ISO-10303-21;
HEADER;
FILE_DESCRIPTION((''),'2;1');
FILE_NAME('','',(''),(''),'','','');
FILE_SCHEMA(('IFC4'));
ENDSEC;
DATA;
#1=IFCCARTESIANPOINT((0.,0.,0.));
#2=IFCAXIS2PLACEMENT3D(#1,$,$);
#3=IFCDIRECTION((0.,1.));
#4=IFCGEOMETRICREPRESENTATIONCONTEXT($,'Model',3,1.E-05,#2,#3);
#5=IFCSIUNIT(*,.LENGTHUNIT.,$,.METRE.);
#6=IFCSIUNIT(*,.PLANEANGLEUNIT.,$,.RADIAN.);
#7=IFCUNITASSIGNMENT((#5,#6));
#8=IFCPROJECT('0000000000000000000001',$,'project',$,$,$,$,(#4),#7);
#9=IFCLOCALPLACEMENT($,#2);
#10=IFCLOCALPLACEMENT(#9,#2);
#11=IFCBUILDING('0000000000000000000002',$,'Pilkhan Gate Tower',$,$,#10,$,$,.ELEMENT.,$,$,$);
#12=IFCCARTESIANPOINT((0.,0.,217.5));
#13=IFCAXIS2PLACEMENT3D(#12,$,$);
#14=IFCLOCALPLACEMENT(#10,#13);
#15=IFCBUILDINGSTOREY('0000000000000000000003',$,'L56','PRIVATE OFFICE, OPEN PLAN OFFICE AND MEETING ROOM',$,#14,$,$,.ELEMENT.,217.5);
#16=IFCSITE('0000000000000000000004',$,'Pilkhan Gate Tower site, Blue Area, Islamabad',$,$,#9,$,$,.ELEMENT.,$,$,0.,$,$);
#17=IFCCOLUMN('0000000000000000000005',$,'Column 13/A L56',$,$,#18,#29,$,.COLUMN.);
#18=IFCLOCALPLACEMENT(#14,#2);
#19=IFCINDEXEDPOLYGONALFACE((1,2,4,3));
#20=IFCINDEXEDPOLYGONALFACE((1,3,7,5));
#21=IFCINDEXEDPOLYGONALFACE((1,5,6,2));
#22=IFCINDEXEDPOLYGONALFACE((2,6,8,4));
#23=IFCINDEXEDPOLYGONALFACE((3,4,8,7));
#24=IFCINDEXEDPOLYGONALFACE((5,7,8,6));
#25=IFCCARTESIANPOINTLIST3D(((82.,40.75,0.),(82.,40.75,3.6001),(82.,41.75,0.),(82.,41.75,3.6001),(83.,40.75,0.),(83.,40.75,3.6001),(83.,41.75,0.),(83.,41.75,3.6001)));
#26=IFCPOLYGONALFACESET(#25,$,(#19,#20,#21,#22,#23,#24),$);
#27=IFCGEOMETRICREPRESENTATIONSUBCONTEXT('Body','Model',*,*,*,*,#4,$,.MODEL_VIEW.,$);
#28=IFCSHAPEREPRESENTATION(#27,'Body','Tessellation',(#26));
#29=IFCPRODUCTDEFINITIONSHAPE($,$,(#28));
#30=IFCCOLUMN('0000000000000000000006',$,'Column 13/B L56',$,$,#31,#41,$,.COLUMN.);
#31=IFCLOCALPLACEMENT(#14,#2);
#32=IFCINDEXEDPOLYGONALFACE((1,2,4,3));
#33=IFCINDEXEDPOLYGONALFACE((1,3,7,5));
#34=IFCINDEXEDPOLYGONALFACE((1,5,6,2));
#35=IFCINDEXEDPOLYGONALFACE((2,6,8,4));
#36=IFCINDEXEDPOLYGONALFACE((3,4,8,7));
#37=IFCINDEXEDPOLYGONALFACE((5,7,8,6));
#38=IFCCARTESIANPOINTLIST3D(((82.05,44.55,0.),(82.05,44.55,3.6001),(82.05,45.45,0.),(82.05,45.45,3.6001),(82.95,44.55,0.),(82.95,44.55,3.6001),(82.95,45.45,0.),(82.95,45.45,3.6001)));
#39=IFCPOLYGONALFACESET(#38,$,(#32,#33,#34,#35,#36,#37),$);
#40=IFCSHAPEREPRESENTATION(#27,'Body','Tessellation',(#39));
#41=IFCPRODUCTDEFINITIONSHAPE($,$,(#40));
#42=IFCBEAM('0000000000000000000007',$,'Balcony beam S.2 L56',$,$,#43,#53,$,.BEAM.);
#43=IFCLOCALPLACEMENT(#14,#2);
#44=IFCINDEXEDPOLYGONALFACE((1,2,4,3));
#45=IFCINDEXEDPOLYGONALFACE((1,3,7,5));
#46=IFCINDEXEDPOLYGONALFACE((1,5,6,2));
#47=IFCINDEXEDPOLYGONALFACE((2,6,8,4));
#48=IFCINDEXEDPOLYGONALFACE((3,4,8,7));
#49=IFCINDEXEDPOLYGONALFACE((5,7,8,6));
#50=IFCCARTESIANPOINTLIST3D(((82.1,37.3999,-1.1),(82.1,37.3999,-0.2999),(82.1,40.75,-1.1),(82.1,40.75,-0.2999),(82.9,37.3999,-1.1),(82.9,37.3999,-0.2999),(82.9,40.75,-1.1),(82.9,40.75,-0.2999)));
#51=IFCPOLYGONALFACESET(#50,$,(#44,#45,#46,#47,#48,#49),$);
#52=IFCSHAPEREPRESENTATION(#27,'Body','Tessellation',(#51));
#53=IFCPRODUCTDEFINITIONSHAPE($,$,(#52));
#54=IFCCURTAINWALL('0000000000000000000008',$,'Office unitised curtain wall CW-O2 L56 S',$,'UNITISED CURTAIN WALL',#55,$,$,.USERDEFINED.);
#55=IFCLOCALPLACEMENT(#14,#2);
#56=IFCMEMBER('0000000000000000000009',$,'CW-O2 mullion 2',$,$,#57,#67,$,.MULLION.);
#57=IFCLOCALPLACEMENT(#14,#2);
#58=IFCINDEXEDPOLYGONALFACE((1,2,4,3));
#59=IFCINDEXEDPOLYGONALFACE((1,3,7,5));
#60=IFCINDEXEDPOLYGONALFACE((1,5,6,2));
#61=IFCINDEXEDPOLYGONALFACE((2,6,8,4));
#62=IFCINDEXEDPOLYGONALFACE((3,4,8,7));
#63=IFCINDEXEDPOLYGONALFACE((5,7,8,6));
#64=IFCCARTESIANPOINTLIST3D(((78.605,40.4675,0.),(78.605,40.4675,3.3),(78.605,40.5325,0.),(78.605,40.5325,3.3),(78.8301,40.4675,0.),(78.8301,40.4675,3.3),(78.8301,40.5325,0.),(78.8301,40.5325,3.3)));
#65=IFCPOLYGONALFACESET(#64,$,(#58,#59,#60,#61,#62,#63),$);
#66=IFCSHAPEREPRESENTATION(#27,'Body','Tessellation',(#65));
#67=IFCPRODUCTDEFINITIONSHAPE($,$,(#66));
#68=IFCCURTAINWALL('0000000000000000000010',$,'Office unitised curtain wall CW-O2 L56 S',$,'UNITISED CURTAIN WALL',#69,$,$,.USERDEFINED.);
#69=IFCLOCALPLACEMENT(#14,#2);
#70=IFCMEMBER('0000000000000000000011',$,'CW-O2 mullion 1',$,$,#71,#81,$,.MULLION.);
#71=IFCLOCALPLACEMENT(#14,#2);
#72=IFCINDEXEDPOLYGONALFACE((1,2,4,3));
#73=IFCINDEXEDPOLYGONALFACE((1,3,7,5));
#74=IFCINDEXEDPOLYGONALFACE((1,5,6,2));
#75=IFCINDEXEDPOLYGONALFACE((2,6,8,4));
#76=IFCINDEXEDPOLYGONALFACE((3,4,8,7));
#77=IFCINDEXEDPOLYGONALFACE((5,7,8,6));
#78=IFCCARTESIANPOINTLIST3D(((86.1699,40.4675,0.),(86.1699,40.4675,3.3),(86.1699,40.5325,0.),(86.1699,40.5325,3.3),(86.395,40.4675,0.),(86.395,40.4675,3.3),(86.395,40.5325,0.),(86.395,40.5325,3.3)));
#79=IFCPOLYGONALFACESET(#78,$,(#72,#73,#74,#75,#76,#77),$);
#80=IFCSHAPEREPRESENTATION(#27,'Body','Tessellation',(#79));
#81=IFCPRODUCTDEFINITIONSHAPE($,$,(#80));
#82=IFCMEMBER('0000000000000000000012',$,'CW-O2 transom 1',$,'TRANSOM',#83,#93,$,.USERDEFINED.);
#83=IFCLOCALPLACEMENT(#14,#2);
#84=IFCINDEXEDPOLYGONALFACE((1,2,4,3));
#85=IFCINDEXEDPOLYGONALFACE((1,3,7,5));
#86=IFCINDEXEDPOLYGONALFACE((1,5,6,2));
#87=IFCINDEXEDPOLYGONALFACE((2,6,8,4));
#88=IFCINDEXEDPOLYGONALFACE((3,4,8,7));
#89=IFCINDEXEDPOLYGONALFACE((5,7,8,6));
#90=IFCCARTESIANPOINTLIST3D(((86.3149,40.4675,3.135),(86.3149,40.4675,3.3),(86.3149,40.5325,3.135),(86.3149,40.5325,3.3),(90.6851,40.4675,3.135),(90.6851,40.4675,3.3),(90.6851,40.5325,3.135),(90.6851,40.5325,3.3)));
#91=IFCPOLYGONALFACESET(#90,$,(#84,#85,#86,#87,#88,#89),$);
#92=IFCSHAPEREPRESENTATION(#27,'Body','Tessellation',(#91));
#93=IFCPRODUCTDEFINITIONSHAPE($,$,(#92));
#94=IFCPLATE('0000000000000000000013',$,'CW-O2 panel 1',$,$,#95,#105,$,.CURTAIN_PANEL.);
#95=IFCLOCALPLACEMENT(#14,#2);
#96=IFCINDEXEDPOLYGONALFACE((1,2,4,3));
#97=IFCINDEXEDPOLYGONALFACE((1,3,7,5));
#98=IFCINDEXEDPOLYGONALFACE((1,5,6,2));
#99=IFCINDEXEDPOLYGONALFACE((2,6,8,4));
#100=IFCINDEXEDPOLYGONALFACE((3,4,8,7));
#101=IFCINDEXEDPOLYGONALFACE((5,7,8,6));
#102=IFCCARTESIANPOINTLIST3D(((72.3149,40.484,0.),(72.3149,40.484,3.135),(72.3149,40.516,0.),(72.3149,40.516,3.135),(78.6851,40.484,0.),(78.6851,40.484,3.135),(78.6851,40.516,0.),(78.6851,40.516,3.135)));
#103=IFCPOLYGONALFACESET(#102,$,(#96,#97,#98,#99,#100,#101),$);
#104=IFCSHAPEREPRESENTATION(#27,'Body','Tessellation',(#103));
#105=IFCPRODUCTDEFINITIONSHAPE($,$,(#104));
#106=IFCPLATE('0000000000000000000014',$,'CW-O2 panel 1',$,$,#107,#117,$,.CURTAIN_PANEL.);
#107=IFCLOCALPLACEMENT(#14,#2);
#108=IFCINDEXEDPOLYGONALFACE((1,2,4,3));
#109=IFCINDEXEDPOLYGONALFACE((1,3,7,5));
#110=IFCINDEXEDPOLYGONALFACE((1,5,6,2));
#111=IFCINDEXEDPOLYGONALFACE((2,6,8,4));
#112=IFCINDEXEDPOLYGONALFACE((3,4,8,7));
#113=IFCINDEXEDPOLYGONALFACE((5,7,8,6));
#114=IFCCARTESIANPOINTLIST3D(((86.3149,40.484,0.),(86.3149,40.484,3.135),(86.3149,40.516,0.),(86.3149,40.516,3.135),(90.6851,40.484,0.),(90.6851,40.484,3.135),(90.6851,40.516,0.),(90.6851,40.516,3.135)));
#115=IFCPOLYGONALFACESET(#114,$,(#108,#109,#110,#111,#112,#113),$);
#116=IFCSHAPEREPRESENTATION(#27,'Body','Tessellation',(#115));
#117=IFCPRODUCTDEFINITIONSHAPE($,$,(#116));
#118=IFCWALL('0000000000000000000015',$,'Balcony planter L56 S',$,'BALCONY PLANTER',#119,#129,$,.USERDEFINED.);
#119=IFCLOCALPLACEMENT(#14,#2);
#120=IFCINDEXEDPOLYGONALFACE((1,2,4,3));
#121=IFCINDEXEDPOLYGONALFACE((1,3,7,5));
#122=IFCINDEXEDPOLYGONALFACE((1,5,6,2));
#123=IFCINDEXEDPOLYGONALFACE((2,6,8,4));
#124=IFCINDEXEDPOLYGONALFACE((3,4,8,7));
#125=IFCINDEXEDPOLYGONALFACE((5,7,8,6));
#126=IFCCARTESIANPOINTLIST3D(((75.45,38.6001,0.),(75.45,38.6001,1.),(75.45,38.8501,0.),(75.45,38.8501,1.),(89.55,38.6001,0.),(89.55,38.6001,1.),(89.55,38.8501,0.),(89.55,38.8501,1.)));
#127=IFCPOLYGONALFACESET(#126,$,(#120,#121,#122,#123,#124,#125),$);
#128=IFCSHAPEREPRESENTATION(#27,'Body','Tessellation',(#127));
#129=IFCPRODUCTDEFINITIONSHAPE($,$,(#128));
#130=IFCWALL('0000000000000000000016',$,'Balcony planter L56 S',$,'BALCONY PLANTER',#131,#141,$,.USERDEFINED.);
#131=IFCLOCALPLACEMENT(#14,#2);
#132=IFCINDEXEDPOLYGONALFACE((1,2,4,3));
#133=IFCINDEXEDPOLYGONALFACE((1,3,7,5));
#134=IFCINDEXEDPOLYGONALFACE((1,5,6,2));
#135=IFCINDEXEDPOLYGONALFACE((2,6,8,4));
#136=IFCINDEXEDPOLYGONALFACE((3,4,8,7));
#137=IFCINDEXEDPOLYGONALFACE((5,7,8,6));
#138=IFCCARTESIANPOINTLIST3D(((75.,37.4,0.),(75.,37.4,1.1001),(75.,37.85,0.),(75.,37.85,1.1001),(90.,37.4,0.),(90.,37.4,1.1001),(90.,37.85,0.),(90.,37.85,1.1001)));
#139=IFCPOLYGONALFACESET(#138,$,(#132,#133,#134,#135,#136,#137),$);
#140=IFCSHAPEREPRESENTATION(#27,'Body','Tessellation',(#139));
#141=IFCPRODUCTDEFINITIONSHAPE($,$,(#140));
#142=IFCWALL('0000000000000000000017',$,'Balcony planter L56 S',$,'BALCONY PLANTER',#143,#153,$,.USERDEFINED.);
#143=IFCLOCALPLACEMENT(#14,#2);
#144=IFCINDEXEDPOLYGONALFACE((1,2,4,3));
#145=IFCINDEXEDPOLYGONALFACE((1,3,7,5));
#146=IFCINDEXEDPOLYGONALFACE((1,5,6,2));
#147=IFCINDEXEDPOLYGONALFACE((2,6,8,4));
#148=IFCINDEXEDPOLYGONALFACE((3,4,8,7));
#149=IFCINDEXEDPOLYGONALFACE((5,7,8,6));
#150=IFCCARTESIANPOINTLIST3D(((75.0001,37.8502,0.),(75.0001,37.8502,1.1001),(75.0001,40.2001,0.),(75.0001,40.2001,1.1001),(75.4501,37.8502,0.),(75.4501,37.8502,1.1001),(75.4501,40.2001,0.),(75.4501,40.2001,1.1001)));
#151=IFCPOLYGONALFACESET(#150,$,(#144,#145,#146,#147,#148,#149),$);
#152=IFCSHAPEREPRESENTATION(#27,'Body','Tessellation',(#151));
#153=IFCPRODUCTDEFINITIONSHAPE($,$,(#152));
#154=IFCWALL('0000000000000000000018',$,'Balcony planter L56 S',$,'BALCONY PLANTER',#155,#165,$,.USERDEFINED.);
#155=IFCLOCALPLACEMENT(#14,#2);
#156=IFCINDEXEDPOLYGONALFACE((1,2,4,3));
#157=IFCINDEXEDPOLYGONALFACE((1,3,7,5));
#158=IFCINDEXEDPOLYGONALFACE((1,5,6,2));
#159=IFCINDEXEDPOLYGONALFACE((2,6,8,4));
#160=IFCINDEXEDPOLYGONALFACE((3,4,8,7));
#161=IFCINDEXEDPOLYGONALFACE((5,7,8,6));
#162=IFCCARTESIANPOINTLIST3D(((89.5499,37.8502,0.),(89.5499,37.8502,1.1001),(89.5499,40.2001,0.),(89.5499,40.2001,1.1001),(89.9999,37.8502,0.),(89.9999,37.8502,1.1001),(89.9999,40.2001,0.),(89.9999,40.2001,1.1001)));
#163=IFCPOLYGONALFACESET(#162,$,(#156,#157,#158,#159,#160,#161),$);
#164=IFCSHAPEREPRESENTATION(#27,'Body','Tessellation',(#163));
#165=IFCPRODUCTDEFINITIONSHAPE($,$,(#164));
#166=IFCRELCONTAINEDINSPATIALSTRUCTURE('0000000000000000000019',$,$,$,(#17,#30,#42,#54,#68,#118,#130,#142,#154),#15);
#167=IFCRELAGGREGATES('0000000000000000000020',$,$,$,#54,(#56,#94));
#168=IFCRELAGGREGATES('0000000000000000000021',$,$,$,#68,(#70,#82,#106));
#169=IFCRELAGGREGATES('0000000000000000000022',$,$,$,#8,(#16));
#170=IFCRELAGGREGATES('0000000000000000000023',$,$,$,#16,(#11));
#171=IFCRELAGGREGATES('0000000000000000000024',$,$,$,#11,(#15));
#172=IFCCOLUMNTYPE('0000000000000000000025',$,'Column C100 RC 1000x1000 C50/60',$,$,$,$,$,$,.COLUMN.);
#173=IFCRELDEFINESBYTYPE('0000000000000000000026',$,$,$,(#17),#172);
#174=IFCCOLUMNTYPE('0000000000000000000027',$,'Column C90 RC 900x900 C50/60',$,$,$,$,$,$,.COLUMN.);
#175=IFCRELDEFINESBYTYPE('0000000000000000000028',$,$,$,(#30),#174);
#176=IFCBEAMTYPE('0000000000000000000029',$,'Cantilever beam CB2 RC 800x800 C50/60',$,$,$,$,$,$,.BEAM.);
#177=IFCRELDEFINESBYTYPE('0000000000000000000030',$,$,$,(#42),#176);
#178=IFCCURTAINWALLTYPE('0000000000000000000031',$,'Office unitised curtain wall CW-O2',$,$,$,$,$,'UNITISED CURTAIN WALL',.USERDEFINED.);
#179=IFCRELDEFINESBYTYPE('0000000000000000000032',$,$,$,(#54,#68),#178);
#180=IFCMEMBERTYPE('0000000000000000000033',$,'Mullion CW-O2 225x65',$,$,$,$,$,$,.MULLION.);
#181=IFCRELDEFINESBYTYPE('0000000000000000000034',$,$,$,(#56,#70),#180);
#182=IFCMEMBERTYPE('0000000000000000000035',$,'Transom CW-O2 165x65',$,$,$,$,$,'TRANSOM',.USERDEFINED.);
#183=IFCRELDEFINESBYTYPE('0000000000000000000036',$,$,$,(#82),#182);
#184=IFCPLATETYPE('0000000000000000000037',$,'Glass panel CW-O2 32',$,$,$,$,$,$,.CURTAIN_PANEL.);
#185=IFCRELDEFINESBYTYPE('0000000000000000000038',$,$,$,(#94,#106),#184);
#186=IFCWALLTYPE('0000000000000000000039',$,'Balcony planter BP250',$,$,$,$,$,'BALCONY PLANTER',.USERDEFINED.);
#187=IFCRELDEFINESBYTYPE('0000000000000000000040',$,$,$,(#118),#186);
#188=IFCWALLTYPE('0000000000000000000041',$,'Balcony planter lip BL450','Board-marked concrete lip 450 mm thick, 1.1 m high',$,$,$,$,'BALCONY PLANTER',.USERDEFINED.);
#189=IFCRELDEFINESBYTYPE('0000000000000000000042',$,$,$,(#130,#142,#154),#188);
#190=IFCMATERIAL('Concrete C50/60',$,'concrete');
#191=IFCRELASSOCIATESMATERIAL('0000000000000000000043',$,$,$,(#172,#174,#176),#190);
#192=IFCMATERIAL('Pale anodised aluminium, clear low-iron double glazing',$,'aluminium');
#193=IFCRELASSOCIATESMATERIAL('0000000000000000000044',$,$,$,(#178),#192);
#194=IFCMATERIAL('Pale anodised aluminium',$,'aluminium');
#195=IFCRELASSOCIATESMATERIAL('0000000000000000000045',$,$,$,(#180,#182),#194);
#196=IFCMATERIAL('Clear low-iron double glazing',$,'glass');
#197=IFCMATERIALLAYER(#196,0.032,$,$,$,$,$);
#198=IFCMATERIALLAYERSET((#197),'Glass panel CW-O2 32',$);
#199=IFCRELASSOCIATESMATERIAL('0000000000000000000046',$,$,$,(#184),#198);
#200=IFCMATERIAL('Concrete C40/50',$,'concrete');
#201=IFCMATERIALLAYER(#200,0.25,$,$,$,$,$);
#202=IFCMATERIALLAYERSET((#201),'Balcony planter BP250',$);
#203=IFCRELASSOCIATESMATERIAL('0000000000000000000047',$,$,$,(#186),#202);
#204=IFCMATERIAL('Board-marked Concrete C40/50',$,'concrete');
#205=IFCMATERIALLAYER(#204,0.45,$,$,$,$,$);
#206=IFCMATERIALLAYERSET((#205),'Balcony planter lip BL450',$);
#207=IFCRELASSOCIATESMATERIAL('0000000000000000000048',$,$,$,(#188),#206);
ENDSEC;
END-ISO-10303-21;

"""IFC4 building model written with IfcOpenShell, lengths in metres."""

from ifc_helpers import new_model, si_unit, direction, frame, frame_2d, origin, origin_2d, place, context, subcontext, project, spatial, rectangle, extrude, material, layer, layer_set, material_profile, profile_set, type_object, element, aggregate, save


model = new_model("IFC4")

# Units and contexts
model_context = context("Model", 3, precision=1e-05, world=origin(), true_north=direction((0.0, 1.0)))
body_context = subcontext(model_context, "Body", "Model", "MODEL_VIEW")
ifc_project = project(units=[si_unit("LENGTHUNIT", "METRE"), si_unit("PLANEANGLEUNIT", "RADIAN")], contexts=[model_context])

# Site, building, storey
site_placement = place(None, origin())
site = spatial("IfcSite", under=ifc_project, at=site_placement, Name="Pilkhan Gate Tower site, Blue Area, Islamabad", CompositionType="ELEMENT", RefElevation=0.0)
building_placement = place(site_placement, origin())
building = spatial("IfcBuilding", under=site, at=building_placement, Name="Pilkhan Gate Tower", CompositionType="ELEMENT")
storey_placement = place(building_placement, frame((0.0, 0.0, 217.5)))
storey = spatial("IfcBuildingStorey", under=building, at=storey_placement, Name="L56", Description="PRIVATE OFFICE, OPEN PLAN OFFICE AND MEETING ROOM", CompositionType="ELEMENT", Elevation=217.5)

# Columns
ifc_material_1 = material(Name="Concrete C50/60", Category="concrete")
ifc_material_profile_1 = material_profile(ifc_material_1, rectangle(XDim=1.0, YDim=1.0, at=origin_2d()), Name="RC 1000x1000")
ifc_profile_set_1 = profile_set([ifc_material_profile_1], Name="Concrete C50/60")
column_type_1 = type_object("IfcColumnType", Name="Column C100 RC 1000x1000 C50/60", PredefinedType="COLUMN", material=ifc_profile_set_1)
column_1_placement = place(storey_placement, frame((82.5, 41.25, 0.0), z_axis=(0.0, 0.0, 1.0), x_axis=(1.0, 0.0, 0.0)))
element("IfcColumn", 1, at=column_1_placement, inside=storey, type_object=column_type_1, Name="Column 13/A L56", PredefinedType="COLUMN", context=body_context, shape_type="SweptSolid", body=[
    extrude(rectangle(XDim=1.0, YDim=1.0, at=origin_2d()), origin(), (0.0, 0.0, 1.0), 3.6001),
])
ifc_material_profile_2 = material_profile(ifc_material_1, rectangle(XDim=0.8999, YDim=0.8999, at=origin_2d()), Name="RC 900x900")
ifc_profile_set_2 = profile_set([ifc_material_profile_2], Name="Concrete C50/60")
column_type_2 = type_object("IfcColumnType", Name="Column C90 RC 900x900 C50/60", PredefinedType="COLUMN", material=ifc_profile_set_2)
column_2_placement = place(storey_placement, frame((82.5, 45.0, 0.0), z_axis=(0.0, 0.0, 1.0), x_axis=(1.0, 0.0, 0.0)))
element("IfcColumn", 2, at=column_2_placement, inside=storey, type_object=column_type_2, Name="Column 13/B L56", PredefinedType="COLUMN", context=body_context, shape_type="SweptSolid", body=[
    extrude(rectangle(XDim=0.8999, YDim=0.8999, at=origin_2d()), origin(), (0.0, 0.0, 1.0), 3.6001),
])

# Beam
ifc_material_profile_3 = material_profile(ifc_material_1, rectangle(XDim=0.8, YDim=0.8, at=origin_2d()), Name="RC 800x800")
ifc_profile_set_3 = profile_set([ifc_material_profile_3], Name="Concrete C50/60")
beam_type = type_object("IfcBeamType", Name="Cantilever beam CB2 RC 800x800 C50/60", PredefinedType="BEAM", material=ifc_profile_set_3)
beam_placement = place(storey_placement, frame((82.5, 40.75, -0.7), z_axis=(0.0, -1.0, 0.0), x_axis=(1.0, 0.0, 0.0)))
element("IfcBeam", 3, at=beam_placement, inside=storey, type_object=beam_type, Name="Balcony beam S.2 L56", PredefinedType="BEAM", context=body_context, shape_type="SweptSolid", body=[
    extrude(rectangle(XDim=0.8, YDim=0.8, at=origin_2d()), origin(), (0.0, 0.0, 1.0), 3.3501),
])

# Curtain wall, member
ifc_material_2 = material(Name="Pale anodised aluminium, clear low-iron double glazing", Category="aluminium")
curtain_wall_type = type_object("IfcCurtainWallType", Name="Office unitised curtain wall CW-O2", ElementType="UNITISED CURTAIN WALL", PredefinedType="USERDEFINED", material=ifc_material_2)
curtain_wall_1_placement = place(storey_placement, origin())
curtain_wall_1 = element("IfcCurtainWall", 4, at=curtain_wall_1_placement, inside=storey, type_object=curtain_wall_type, Name="Office unitised curtain wall CW-O2 L56 S", ObjectType="UNITISED CURTAIN WALL", PredefinedType="USERDEFINED")
ifc_material_3 = material(Name="Pale anodised aluminium", Category="aluminium")
ifc_material_profile_4 = material_profile(ifc_material_3, rectangle(XDim=0.0649, YDim=0.2251, at=origin_2d()), Name="Mullion 225x65")
ifc_profile_set_4 = profile_set([ifc_material_profile_4], Name="Pale anodised aluminium")
member_type_1 = type_object("IfcMemberType", Name="Mullion CW-O2 225x65", PredefinedType="MULLION", material=ifc_profile_set_4)
member_1_placement = place(storey_placement, frame((78.7175, 40.5, 0.0), z_axis=(0.0, 0.0, 1.0), x_axis=(0.0, 1.0, 0.0)))
member_1 = element("IfcMember", 5, at=member_1_placement, type_object=member_type_1, Name="CW-O2 mullion 2", PredefinedType="MULLION", context=body_context, shape_type="SweptSolid", body=[
    extrude(rectangle(XDim=0.0649, YDim=0.2251, at=origin_2d()), origin(), (0.0, 0.0, 1.0), 3.3),
])

# Curtain wall, members
curtain_wall_2_placement = place(storey_placement, origin())
curtain_wall_2 = element("IfcCurtainWall", 6, at=curtain_wall_2_placement, inside=storey, type_object=curtain_wall_type, Name="Office unitised curtain wall CW-O2 L56 S", ObjectType="UNITISED CURTAIN WALL", PredefinedType="USERDEFINED")
member_2_placement = place(storey_placement, frame((86.2825, 40.5, 0.0), z_axis=(0.0, 0.0, 1.0), x_axis=(0.0, 1.0, 0.0)))
member_2 = element("IfcMember", 7, at=member_2_placement, type_object=member_type_1, Name="CW-O2 mullion 1", PredefinedType="MULLION", context=body_context, shape_type="SweptSolid", body=[
    extrude(rectangle(XDim=0.0649, YDim=0.2251, at=origin_2d()), origin(), (0.0, 0.0, 1.0), 3.3),
])
ifc_material_profile_5 = material_profile(ifc_material_3, rectangle(XDim=0.0649, YDim=0.165, at=origin_2d()), Name="Transom 165x65")
ifc_profile_set_5 = profile_set([ifc_material_profile_5], Name="Pale anodised aluminium")
member_type_2 = type_object("IfcMemberType", Name="Transom CW-O2 165x65", ElementType="TRANSOM", PredefinedType="USERDEFINED", material=ifc_profile_set_5)
member_3_placement = place(storey_placement, frame((86.3149, 40.5, 3.2175), z_axis=(1.0, 0.0, 0.0), x_axis=(0.0, 1.0, 0.0)))
member_3 = element("IfcMember", 8, at=member_3_placement, type_object=member_type_2, Name="CW-O2 transom 1", ObjectType="TRANSOM", PredefinedType="USERDEFINED", context=body_context, shape_type="SweptSolid", body=[
    extrude(rectangle(XDim=0.0649, YDim=0.165, at=origin_2d()), origin(), (0.0, 0.0, 1.0), 4.3701),
])

# Plates
ifc_material_4 = material(Name="Clear low-iron double glazing", Category="glass")
ifc_layer_1 = layer(ifc_material_4, 0.032)
ifc_layer_set_1 = layer_set([ifc_layer_1], Name="Glass panel CW-O2 32")
plate_type = type_object("IfcPlateType", Name="Glass panel CW-O2 32", PredefinedType="CURTAIN_PANEL", material=ifc_layer_set_1)
plate_1_placement = place(storey_placement, frame((75.5, 40.5, 0.0), z_axis=(0.0, 0.0, 1.0), x_axis=(1.0, 0.0, 0.0)))
plate_1 = element("IfcPlate", 9, at=plate_1_placement, type_object=plate_type, Name="CW-O2 panel 1", PredefinedType="CURTAIN_PANEL", context=body_context, shape_type="SweptSolid", body=[
    extrude(rectangle(XDim=6.3701, YDim=0.032, at=origin_2d()), origin(), (0.0, 0.0, 1.0), 3.135),
])
aggregate(curtain_wall_1, [member_1, plate_1])
plate_2_placement = place(storey_placement, frame((88.5, 40.5, 0.0), z_axis=(0.0, 0.0, 1.0), x_axis=(1.0, 0.0, 0.0)))
plate_2 = element("IfcPlate", 10, at=plate_2_placement, type_object=plate_type, Name="CW-O2 panel 1", PredefinedType="CURTAIN_PANEL", context=body_context, shape_type="SweptSolid", body=[
    extrude(rectangle(XDim=4.3701, YDim=0.032, at=origin_2d()), origin(), (0.0, 0.0, 1.0), 3.135),
])
aggregate(curtain_wall_2, [member_2, member_3, plate_2])

# Walls
ifc_material_5 = material(Name="Concrete C40/50", Category="concrete")
ifc_layer_2 = layer(ifc_material_5, 0.25)
ifc_layer_set_2 = layer_set([ifc_layer_2], Name="Balcony planter BP250")
wall_type_1 = type_object("IfcWallType", Name="Balcony planter BP250", ElementType="BALCONY PLANTER", PredefinedType="USERDEFINED", material=ifc_layer_set_2)
wall_1_placement = place(storey_placement, frame((75.45, 38.7251, 0.0), z_axis=(0.0, 0.0, 1.0), x_axis=(1.0, 0.0, 0.0)))
element("IfcWall", 11, at=wall_1_placement, inside=storey, type_object=wall_type_1, Name="Balcony planter L56 S", ObjectType="BALCONY PLANTER", PredefinedType="USERDEFINED", context=body_context, shape_type="SweptSolid", body=[
    extrude(rectangle(XDim=14.1001, YDim=0.25, at=frame_2d((7.05, 0.0))), origin(), (0.0, 0.0, 1.0), 1.0),
])
ifc_material_6 = material(Name="Board-marked Concrete C40/50", Category="concrete")
ifc_layer_3 = layer(ifc_material_6, 0.45)
ifc_layer_set_3 = layer_set([ifc_layer_3], Name="Balcony planter lip BL450")
wall_type_2 = type_object("IfcWallType", Name="Balcony planter lip BL450", Description="Board-marked concrete lip 450 mm thick, 1.1 m high", ElementType="BALCONY PLANTER", PredefinedType="USERDEFINED", material=ifc_layer_set_3)
wall_2_placement = place(storey_placement, frame((75.0, 37.625, 0.0), z_axis=(0.0, 0.0, 1.0), x_axis=(1.0, 0.0, 0.0)))
element("IfcWall", 12, at=wall_2_placement, inside=storey, type_object=wall_type_2, Name="Balcony planter L56 S", ObjectType="BALCONY PLANTER", PredefinedType="USERDEFINED", context=body_context, shape_type="SweptSolid", body=[
    extrude(rectangle(XDim=15.0, YDim=0.45, at=frame_2d((7.5, 0.0))), origin(), (0.0, 0.0, 1.0), 1.1001),
])
for number, where, z_axis, x_axis, name in (
    (13, (75.2251, 40.2, 0.0), (0.0, 0.0, 1.0), (0.0, -1.0, 0.0), "Balcony planter L56 S"),
    (14, (89.7749, 40.2, 0.0), (0.0, 0.0, 1.0), (0.0, -1.0, 0.0), "Balcony planter L56 S"),
):
    element("IfcWall", number, at=place(storey_placement, frame(where, z_axis=z_axis, x_axis=x_axis)), inside=storey, type_object=wall_type_2, Name=name, ObjectType="BALCONY PLANTER", PredefinedType="USERDEFINED", context=body_context, shape_type="SweptSolid", body=[
        extrude(rectangle(XDim=2.3499, YDim=0.45, at=frame_2d((1.1748, 0.0))), origin(), (0.0, 0.0, 1.0), 1.1001),
    ])

save(model, "model.ifc")
